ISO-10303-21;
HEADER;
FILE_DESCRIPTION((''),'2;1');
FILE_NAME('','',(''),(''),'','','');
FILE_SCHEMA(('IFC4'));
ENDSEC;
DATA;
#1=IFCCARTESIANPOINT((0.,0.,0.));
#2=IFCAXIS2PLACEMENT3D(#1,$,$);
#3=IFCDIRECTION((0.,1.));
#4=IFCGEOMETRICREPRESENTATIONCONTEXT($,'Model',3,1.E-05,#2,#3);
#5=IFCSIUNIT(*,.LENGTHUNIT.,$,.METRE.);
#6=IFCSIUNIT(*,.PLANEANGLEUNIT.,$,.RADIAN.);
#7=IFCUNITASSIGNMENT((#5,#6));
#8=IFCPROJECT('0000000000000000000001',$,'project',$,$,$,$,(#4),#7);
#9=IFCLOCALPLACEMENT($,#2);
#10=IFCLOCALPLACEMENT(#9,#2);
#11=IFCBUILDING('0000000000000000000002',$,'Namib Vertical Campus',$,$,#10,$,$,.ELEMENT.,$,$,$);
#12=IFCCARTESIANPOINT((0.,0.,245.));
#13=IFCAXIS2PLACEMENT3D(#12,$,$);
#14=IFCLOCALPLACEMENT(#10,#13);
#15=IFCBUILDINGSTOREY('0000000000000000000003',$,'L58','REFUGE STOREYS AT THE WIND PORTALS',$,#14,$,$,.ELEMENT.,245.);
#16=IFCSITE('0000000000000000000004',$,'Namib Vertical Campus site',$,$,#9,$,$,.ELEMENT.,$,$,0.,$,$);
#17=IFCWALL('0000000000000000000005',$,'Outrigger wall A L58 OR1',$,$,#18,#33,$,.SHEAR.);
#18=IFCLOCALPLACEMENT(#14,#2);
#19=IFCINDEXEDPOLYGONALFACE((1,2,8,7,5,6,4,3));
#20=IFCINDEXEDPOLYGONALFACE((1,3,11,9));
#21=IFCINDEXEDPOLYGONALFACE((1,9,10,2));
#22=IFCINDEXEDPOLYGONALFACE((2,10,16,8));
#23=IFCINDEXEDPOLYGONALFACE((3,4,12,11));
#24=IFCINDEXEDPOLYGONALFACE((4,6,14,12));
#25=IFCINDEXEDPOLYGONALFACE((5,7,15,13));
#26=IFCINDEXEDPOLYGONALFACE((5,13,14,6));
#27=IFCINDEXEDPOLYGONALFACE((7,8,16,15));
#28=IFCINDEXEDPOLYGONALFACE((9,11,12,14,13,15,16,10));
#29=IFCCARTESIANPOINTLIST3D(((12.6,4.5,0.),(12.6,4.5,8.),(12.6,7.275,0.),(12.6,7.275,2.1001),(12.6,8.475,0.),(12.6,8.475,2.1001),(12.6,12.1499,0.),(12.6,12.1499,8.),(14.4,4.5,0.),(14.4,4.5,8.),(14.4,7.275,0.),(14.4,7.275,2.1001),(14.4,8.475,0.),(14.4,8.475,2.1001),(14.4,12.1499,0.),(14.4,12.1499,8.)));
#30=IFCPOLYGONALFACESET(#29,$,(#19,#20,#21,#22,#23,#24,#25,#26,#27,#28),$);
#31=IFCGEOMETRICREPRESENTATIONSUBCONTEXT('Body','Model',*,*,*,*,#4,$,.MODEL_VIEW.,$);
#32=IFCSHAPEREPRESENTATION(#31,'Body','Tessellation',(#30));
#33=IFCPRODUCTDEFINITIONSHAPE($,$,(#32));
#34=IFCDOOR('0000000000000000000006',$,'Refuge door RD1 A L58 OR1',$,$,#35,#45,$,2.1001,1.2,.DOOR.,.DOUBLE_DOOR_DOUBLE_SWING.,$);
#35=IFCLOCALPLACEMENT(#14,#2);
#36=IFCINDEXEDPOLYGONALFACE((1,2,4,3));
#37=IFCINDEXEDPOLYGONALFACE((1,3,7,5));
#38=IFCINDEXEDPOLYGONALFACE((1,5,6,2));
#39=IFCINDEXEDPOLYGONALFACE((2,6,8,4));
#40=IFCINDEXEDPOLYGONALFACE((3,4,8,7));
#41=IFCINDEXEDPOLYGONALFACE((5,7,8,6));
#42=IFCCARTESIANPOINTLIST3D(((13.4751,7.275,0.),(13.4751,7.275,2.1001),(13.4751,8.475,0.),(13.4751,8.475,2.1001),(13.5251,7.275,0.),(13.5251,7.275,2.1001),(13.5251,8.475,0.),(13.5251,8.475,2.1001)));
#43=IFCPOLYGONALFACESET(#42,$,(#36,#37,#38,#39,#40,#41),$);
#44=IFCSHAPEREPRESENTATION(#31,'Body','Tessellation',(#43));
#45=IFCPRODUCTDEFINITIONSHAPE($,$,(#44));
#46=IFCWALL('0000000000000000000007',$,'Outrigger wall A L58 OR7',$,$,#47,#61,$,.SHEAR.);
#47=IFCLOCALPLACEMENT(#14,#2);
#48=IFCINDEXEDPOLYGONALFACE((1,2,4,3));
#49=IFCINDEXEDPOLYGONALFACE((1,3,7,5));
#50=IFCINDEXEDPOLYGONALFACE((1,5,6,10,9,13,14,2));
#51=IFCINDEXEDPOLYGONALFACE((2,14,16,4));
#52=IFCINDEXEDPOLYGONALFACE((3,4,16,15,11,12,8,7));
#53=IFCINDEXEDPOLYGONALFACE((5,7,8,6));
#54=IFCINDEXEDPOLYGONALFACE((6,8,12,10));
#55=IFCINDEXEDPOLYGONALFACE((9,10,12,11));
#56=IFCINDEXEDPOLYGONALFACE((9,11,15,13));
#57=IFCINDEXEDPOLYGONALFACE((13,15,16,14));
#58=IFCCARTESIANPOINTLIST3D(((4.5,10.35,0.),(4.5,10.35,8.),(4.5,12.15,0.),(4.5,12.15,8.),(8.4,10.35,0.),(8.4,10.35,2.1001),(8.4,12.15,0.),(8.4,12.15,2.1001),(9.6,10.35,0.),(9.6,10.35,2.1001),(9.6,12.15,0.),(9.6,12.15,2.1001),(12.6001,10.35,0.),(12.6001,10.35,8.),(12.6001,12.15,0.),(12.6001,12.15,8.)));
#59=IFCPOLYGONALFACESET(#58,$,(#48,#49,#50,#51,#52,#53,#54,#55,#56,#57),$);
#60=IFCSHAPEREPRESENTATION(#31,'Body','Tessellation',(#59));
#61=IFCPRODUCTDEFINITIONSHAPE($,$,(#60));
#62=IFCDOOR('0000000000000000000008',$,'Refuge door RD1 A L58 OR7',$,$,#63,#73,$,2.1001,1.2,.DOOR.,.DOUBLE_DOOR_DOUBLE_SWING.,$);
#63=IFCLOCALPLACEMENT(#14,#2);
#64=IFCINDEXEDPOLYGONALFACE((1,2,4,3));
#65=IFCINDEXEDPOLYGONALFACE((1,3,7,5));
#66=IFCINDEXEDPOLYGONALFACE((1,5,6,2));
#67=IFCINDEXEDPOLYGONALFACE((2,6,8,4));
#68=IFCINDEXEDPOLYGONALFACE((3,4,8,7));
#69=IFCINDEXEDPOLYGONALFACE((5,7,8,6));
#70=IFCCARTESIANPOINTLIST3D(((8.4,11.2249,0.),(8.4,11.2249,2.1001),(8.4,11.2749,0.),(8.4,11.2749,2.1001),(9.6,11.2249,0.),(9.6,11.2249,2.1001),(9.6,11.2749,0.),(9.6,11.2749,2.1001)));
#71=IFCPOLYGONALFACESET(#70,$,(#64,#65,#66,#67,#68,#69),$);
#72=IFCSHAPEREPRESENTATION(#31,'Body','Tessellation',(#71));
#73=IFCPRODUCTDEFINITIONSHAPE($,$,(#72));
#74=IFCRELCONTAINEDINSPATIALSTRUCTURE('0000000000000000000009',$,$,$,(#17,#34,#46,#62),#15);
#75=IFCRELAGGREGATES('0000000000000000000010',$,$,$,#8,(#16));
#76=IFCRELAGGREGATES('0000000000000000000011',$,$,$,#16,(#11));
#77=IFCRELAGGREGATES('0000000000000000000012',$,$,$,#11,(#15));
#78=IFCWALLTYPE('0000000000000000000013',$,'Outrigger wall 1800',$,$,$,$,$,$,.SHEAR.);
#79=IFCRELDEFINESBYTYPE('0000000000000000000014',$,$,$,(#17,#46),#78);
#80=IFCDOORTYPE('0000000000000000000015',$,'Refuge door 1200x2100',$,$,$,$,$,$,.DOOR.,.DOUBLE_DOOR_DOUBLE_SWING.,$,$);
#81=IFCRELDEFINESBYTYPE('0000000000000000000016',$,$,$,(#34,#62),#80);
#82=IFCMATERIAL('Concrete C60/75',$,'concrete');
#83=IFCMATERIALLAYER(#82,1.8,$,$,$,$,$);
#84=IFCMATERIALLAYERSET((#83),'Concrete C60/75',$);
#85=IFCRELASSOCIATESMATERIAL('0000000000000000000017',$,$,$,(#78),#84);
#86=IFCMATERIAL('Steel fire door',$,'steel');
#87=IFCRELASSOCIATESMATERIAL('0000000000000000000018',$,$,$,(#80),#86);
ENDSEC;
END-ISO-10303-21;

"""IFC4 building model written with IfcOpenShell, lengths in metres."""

from ifc_helpers import new_model, si_unit, direction, frame, frame_2d, origin, place, context, subcontext, project, spatial, rectangle, extrude, material, layer, layer_set, type_object, element, fill, save


model = new_model("IFC4")

# Units and contexts
model_context = context("Model", 3, precision=1e-05, world=origin(), true_north=direction((0.0, 1.0)))
body_context = subcontext(model_context, "Body", "Model", "MODEL_VIEW")
ifc_project = project(units=[si_unit("LENGTHUNIT", "METRE"), si_unit("PLANEANGLEUNIT", "RADIAN")], contexts=[model_context])

# Site, building, storey
site_placement = place(None, origin())
site = spatial("IfcSite", under=ifc_project, at=site_placement, Name="Namib Vertical Campus site", CompositionType="ELEMENT", RefElevation=0.0)
building_placement = place(site_placement, origin())
building = spatial("IfcBuilding", under=site, at=building_placement, Name="Namib Vertical Campus", CompositionType="ELEMENT")
storey_placement = place(building_placement, frame((0.0, 0.0, 245.0)))
storey = spatial("IfcBuildingStorey", under=building, at=storey_placement, Name="L58", Description="REFUGE STOREYS AT THE WIND PORTALS", CompositionType="ELEMENT", Elevation=245.0)

# Walls, openings, doors
ifc_material_1 = material(Name="Concrete C60/75", Category="concrete")
ifc_layer_1 = layer(ifc_material_1, 1.8)
ifc_layer_set_1 = layer_set([ifc_layer_1], Name="Concrete C60/75")
wall_type_1 = type_object("IfcWallType", Name="Outrigger wall 1800", PredefinedType="SHEAR", material=ifc_layer_set_1)
wall_1_placement = place(storey_placement, frame((13.5, 4.5, 0.0), z_axis=(0.0, 0.0, 1.0), x_axis=(0.0, 1.0, 0.0)))
wall_1 = element("IfcWall", 1, at=wall_1_placement, inside=storey, type_object=wall_type_1, Name="Outrigger wall A L58 OR1", PredefinedType="SHEAR", context=body_context, shape_type="SweptSolid", body=[
    extrude(rectangle(XDim=7.6499, YDim=1.8, at=frame_2d((3.825, 0.0))), origin(), (0.0, 0.0, 1.0), 8.0),
])
opening_1_placement = place(wall_1_placement, frame((2.7749, 0.0, 0.0)))
opening_1 = element("IfcOpeningElement", 2, at=opening_1_placement, cuts=wall_1, PredefinedType="OPENING", context=body_context, shape_type="SweptSolid", body=[
    extrude(rectangle(XDim=1.2, YDim=2.1001, at=frame_2d((0.6001, 1.05))), frame((0.0, 0.9099, 0.0), z_axis=(0.0, -1.0, 0.0), x_axis=(1.0, 0.0, 0.0)), (0.0, 0.0, 1.0), 1.8201),
])
ifc_material_2 = material(Name="Steel fire door", Category="steel")
door_type_1 = type_object("IfcDoorType", Name="Refuge door 1200x2100", OperationType="DOUBLE_DOOR_DOUBLE_SWING", PredefinedType="DOOR", material=ifc_material_2)
door_1_placement = place(opening_1_placement, origin())
door_1 = element("IfcDoor", 3, at=door_1_placement, inside=storey, type_object=door_type_1, Name="Refuge door RD1 A L58 OR1", OperationType="DOUBLE_DOOR_DOUBLE_SWING", OverallHeight=2.1001, OverallWidth=1.2, PredefinedType="DOOR", context=body_context, shape_type="SweptSolid", body=[
    extrude(rectangle(XDim=1.2, YDim=2.1001, at=frame_2d((0.6001, 1.05))), frame((0.0, 0.0249, 0.0), z_axis=(0.0, -1.0, 0.0), x_axis=(1.0, 0.0, 0.0)), (0.0, 0.0, 1.0), 0.05),
])
fill(opening_1, door_1)
wall_2_placement = place(storey_placement, frame((4.5, 11.25, 0.0), z_axis=(0.0, 0.0, 1.0), x_axis=(1.0, 0.0, 0.0)))
wall_2 = element("IfcWall", 4, at=wall_2_placement, inside=storey, type_object=wall_type_1, Name="Outrigger wall A L58 OR7", PredefinedType="SHEAR", context=body_context, shape_type="SweptSolid", body=[
    extrude(rectangle(XDim=8.1001, YDim=1.8, at=frame_2d((4.05, 0.0))), origin(), (0.0, 0.0, 1.0), 8.0),
])
opening_2_placement = place(wall_2_placement, frame((3.8999, 0.0, 0.0)))
opening_2 = element("IfcOpeningElement", 5, at=opening_2_placement, cuts=wall_2, PredefinedType="OPENING", context=body_context, shape_type="SweptSolid", body=[
    extrude(rectangle(XDim=1.2, YDim=2.1001, at=frame_2d((0.6001, 1.05))), frame((0.0, 0.9099, 0.0), z_axis=(0.0, -1.0, 0.0), x_axis=(1.0, 0.0, 0.0)), (0.0, 0.0, 1.0), 1.8201),
])
door_2_placement = place(opening_2_placement, origin())
door_2 = element("IfcDoor", 6, at=door_2_placement, inside=storey, type_object=door_type_1, Name="Refuge door RD1 A L58 OR7", OperationType="DOUBLE_DOOR_DOUBLE_SWING", OverallHeight=2.1001, OverallWidth=1.2, PredefinedType="DOOR", context=body_context, shape_type="SweptSolid", body=[
    extrude(rectangle(XDim=1.2, YDim=2.1001, at=frame_2d((0.6001, 1.05))), frame((0.0, 0.0249, 0.0), z_axis=(0.0, -1.0, 0.0), x_axis=(1.0, 0.0, 0.0)), (0.0, 0.0, 1.0), 0.05),
])
fill(opening_2, door_2)

save(model, "model.ifc")
